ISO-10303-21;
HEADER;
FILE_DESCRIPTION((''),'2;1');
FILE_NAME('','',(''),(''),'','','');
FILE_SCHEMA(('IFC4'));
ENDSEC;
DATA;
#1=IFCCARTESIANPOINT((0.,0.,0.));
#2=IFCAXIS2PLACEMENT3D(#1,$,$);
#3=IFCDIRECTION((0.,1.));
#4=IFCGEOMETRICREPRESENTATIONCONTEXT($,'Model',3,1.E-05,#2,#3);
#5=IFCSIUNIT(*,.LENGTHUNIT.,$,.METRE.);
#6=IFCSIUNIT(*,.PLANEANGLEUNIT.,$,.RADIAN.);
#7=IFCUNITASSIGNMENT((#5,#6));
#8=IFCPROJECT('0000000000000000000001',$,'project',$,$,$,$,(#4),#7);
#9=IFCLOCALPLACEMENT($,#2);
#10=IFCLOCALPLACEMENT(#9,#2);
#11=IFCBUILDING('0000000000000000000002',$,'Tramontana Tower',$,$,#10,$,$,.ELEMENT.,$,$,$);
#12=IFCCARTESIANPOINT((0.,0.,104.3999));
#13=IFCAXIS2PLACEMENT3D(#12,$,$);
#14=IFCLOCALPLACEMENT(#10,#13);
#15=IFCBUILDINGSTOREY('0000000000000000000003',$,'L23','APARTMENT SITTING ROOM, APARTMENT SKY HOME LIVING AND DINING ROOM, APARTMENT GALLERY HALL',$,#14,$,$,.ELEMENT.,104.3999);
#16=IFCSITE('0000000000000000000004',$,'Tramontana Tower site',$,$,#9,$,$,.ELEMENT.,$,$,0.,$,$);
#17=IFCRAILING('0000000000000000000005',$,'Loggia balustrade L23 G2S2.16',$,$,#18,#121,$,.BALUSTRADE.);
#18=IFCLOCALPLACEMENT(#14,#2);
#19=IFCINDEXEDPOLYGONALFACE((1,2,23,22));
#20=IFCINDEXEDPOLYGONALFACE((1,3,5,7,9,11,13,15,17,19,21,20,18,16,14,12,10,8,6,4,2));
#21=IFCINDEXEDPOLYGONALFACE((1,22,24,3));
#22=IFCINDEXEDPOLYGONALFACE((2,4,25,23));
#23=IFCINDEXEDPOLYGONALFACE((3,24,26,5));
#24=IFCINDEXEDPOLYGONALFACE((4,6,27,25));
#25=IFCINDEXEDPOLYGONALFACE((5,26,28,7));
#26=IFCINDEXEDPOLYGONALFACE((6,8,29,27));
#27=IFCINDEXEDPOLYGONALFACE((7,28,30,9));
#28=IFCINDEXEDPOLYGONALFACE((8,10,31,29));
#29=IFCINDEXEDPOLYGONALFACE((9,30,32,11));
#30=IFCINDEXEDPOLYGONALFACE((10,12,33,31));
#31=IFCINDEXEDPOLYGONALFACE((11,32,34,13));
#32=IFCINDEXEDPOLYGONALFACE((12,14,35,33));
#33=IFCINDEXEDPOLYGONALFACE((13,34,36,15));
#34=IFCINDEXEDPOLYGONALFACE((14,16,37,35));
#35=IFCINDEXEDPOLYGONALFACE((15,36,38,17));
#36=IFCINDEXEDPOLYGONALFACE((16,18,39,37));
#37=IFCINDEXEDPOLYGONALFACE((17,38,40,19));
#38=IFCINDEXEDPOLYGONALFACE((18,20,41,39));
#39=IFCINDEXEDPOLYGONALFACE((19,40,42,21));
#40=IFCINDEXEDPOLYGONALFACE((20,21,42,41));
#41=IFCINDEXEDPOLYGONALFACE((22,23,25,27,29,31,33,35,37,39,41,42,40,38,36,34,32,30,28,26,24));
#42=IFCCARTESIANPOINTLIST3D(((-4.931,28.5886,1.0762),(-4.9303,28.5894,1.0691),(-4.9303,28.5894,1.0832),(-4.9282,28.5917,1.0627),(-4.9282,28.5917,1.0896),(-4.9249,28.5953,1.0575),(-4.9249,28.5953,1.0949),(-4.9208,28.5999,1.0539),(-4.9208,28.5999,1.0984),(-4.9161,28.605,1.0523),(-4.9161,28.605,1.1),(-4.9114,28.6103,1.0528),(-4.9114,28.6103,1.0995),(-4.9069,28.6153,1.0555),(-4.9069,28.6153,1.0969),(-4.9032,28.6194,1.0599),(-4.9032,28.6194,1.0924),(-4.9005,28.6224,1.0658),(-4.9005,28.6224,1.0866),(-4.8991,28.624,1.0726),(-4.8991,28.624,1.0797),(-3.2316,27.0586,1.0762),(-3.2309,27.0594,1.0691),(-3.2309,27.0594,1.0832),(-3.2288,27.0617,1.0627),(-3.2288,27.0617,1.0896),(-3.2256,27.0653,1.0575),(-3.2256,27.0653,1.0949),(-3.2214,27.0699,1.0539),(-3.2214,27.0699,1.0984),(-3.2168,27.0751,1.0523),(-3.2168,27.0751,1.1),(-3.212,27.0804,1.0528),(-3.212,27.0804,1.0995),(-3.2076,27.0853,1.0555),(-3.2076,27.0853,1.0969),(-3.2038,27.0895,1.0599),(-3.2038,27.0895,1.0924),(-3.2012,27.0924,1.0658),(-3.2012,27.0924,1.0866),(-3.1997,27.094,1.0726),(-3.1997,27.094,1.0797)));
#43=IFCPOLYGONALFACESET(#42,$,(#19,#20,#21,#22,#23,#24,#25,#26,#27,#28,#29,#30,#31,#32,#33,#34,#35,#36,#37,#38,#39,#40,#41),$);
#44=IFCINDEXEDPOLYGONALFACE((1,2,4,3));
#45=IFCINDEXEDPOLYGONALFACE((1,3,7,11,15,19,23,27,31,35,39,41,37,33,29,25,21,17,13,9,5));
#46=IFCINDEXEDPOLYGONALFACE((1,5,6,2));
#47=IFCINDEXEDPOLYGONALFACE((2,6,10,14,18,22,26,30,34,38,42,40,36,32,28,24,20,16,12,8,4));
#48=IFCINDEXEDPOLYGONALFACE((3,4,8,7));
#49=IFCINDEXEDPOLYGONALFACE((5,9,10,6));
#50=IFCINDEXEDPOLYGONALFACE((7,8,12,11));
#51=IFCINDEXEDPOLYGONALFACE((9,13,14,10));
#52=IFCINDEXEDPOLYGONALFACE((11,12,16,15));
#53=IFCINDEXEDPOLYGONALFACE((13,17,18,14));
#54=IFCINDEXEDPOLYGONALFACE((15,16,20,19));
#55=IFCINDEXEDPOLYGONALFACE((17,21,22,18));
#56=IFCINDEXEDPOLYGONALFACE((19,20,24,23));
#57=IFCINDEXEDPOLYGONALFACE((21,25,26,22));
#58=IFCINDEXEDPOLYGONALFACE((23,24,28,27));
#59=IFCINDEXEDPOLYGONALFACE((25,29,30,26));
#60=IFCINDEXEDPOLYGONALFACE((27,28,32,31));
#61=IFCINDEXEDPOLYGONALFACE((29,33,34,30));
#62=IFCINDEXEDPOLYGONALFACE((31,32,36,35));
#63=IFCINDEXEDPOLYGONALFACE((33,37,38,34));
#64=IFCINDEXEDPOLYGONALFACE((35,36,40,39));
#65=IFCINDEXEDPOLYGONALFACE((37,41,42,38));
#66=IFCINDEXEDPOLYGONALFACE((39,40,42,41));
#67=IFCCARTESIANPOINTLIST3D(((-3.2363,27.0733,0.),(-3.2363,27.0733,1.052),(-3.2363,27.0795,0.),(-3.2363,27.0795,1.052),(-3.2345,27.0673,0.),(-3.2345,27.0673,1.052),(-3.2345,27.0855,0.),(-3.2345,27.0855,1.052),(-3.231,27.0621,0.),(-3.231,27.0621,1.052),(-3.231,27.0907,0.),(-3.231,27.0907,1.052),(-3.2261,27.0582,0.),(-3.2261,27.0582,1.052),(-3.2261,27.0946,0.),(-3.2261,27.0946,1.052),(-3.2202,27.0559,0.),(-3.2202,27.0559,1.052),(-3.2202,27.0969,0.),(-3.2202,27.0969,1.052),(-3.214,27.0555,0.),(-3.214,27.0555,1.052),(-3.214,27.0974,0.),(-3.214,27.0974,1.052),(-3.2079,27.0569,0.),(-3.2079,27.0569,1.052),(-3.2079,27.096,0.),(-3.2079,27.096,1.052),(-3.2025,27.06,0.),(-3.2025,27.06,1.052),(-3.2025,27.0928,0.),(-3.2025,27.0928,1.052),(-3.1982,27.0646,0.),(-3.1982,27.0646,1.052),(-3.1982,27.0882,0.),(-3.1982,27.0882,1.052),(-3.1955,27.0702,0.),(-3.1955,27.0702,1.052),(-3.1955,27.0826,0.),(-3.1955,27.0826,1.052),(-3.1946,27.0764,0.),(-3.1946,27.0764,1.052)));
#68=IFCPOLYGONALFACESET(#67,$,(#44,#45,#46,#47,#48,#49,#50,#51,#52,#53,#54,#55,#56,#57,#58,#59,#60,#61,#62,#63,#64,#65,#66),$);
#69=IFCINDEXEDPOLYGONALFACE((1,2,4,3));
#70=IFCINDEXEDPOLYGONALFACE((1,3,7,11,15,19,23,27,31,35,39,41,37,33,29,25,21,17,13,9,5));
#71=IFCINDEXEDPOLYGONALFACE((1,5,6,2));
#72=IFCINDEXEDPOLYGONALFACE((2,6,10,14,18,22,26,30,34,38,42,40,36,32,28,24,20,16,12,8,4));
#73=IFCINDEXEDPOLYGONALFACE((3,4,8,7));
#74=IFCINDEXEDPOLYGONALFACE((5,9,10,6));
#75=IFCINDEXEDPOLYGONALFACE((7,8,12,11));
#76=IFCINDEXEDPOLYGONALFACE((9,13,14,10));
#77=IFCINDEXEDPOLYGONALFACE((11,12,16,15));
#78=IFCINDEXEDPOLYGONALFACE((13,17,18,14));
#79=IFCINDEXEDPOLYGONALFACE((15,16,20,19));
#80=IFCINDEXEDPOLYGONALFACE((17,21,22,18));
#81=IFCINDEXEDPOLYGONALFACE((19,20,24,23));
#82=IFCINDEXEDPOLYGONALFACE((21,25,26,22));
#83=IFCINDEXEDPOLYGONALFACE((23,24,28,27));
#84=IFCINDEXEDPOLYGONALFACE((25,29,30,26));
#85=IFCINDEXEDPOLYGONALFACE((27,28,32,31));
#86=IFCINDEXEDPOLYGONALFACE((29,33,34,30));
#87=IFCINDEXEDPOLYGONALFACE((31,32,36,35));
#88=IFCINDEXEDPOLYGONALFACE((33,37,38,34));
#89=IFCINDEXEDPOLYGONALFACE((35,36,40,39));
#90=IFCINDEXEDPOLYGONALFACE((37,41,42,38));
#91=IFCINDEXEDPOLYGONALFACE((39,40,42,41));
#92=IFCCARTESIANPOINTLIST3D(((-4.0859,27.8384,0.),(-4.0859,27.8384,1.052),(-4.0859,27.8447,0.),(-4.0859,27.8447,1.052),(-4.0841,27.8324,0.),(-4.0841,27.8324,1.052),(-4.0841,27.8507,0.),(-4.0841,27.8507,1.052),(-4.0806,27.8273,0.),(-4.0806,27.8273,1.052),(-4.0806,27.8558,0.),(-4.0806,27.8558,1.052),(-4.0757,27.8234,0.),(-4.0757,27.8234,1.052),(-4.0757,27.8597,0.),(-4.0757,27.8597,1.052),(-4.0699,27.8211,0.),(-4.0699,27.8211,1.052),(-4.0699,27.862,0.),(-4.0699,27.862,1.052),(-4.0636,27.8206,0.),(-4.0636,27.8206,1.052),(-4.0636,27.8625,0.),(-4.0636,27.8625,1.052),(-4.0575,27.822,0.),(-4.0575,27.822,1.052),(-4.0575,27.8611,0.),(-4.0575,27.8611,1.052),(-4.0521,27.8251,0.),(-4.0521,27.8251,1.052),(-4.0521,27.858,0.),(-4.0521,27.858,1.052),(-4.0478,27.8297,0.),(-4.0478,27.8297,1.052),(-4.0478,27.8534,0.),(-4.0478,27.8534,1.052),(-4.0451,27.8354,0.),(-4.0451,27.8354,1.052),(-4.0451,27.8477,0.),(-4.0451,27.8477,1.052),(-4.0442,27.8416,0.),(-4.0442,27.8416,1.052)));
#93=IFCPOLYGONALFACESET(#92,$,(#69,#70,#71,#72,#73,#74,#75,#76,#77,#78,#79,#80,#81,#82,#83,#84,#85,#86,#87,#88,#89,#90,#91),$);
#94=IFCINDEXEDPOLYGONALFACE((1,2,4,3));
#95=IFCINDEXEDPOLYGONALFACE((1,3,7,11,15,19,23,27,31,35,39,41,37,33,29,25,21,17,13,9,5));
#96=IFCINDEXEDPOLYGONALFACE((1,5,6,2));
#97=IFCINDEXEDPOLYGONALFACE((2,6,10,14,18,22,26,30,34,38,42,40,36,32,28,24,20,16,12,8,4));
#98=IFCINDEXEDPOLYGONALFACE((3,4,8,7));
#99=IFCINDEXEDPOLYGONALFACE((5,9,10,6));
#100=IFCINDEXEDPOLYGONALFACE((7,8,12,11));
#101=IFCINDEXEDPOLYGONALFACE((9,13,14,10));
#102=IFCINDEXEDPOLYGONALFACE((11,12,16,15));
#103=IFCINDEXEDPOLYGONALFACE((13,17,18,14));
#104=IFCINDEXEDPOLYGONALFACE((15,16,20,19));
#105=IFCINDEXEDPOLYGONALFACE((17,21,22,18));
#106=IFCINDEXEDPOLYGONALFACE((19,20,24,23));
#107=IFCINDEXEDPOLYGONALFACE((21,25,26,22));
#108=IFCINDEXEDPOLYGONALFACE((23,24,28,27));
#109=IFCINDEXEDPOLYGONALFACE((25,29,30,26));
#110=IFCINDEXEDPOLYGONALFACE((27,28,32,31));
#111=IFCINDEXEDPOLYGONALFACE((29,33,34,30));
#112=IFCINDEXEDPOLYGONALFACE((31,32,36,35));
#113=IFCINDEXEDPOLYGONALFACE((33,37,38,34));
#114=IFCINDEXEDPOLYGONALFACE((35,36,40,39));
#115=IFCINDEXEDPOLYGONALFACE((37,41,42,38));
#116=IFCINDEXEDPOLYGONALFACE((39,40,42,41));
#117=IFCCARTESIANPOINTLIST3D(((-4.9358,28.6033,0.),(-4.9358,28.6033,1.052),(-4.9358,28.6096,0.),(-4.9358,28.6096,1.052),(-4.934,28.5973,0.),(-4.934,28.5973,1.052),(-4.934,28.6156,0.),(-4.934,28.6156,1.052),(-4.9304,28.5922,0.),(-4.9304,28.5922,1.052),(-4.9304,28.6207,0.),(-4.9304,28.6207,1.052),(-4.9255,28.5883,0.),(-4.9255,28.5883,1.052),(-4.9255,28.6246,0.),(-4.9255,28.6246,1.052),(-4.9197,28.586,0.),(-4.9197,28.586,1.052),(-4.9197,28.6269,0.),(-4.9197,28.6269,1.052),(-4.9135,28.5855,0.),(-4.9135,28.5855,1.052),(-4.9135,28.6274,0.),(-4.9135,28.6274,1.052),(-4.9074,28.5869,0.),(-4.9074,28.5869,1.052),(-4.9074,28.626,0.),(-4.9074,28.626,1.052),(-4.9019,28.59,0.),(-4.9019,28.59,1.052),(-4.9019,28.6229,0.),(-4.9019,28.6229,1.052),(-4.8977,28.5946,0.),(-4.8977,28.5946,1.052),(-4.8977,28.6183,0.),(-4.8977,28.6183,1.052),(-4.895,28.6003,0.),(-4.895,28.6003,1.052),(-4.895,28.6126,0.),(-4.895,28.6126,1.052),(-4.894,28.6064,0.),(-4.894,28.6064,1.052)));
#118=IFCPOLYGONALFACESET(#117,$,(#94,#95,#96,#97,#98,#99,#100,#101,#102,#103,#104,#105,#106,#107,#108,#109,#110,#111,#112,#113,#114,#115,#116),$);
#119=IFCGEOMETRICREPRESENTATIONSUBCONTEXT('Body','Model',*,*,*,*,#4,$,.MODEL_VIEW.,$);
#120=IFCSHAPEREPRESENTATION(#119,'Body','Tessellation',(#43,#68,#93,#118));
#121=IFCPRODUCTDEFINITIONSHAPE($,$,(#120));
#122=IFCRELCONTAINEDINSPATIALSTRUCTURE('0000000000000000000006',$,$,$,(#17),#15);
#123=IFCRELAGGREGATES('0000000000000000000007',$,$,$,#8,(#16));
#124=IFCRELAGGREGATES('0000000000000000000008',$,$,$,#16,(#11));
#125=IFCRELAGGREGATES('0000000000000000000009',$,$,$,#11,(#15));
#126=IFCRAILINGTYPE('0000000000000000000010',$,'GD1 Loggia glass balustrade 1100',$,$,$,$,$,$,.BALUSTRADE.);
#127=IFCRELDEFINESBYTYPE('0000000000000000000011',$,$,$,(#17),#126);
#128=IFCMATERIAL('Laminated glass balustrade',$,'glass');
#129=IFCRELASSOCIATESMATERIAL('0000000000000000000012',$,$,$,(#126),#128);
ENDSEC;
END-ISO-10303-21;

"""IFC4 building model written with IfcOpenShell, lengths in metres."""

from ifc_helpers import new_model, si_unit, direction, frame, origin, origin_2d, place, context, subcontext, project, spatial, circle, extrude, material, type_object, element, save


model = new_model("IFC4")

# Units and contexts
model_context = context("Model", 3, precision=1e-05, world=origin(), true_north=direction((0.0, 1.0)))
body_context = subcontext(model_context, "Body", "Model", "MODEL_VIEW")
ifc_project = project(units=[si_unit("LENGTHUNIT", "METRE"), si_unit("PLANEANGLEUNIT", "RADIAN")], contexts=[model_context])

# Site, building, storey
site_placement = place(None, origin())
site = spatial("IfcSite", under=ifc_project, at=site_placement, Name="Tramontana Tower site", CompositionType="ELEMENT", RefElevation=0.0)
building_placement = place(site_placement, origin())
building = spatial("IfcBuilding", under=site, at=building_placement, Name="Tramontana Tower", CompositionType="ELEMENT")
storey_placement = place(building_placement, frame((0.0, 0.0, 104.3999)))
storey = spatial("IfcBuildingStorey", under=building, at=storey_placement, Name="L23", Description="APARTMENT SITTING ROOM, APARTMENT SKY HOME LIVING AND DINING ROOM, APARTMENT GALLERY HALL", CompositionType="ELEMENT", Elevation=104.3999)

# Railing
ifc_material_1 = material(Name="Laminated glass balustrade", Category="glass")
railing_type = type_object("IfcRailingType", Name="GD1 Loggia glass balustrade 1100", PredefinedType="BALUSTRADE", material=ifc_material_1)
railing_1_placement = place(storey_placement, frame((-3.2156, 27.0764, 0.0)))
element("IfcRailing", 1, at=railing_1_placement, inside=storey, type_object=railing_type, Name="Loggia balustrade L23 G2S2.16", PredefinedType="BALUSTRADE", context=body_context, shape_type="SweptSolid", body=[
    extrude(circle(Radius=0.0239, at=origin_2d()), frame((0.0, 0.0, 1.0762), z_axis=(-0.743183, 0.669089, 0.0), x_axis=(-0.669089, -0.743183, 0.0)), (0.0, 0.0, 1.0), 2.2866),
    extrude(circle(Radius=0.021, at=origin_2d()), origin(), (0.0, 0.0, 1.0), 1.052),
    extrude(circle(Radius=0.021, at=origin_2d()), frame((-0.8496, 0.7651, 0.0)), (0.0, 0.0, 1.0), 1.052),
    extrude(circle(Radius=0.021, at=origin_2d()), frame((-1.6995, 1.53, 0.0)), (0.0, 0.0, 1.0), 1.052),
])

save(model, "model.ifc")
